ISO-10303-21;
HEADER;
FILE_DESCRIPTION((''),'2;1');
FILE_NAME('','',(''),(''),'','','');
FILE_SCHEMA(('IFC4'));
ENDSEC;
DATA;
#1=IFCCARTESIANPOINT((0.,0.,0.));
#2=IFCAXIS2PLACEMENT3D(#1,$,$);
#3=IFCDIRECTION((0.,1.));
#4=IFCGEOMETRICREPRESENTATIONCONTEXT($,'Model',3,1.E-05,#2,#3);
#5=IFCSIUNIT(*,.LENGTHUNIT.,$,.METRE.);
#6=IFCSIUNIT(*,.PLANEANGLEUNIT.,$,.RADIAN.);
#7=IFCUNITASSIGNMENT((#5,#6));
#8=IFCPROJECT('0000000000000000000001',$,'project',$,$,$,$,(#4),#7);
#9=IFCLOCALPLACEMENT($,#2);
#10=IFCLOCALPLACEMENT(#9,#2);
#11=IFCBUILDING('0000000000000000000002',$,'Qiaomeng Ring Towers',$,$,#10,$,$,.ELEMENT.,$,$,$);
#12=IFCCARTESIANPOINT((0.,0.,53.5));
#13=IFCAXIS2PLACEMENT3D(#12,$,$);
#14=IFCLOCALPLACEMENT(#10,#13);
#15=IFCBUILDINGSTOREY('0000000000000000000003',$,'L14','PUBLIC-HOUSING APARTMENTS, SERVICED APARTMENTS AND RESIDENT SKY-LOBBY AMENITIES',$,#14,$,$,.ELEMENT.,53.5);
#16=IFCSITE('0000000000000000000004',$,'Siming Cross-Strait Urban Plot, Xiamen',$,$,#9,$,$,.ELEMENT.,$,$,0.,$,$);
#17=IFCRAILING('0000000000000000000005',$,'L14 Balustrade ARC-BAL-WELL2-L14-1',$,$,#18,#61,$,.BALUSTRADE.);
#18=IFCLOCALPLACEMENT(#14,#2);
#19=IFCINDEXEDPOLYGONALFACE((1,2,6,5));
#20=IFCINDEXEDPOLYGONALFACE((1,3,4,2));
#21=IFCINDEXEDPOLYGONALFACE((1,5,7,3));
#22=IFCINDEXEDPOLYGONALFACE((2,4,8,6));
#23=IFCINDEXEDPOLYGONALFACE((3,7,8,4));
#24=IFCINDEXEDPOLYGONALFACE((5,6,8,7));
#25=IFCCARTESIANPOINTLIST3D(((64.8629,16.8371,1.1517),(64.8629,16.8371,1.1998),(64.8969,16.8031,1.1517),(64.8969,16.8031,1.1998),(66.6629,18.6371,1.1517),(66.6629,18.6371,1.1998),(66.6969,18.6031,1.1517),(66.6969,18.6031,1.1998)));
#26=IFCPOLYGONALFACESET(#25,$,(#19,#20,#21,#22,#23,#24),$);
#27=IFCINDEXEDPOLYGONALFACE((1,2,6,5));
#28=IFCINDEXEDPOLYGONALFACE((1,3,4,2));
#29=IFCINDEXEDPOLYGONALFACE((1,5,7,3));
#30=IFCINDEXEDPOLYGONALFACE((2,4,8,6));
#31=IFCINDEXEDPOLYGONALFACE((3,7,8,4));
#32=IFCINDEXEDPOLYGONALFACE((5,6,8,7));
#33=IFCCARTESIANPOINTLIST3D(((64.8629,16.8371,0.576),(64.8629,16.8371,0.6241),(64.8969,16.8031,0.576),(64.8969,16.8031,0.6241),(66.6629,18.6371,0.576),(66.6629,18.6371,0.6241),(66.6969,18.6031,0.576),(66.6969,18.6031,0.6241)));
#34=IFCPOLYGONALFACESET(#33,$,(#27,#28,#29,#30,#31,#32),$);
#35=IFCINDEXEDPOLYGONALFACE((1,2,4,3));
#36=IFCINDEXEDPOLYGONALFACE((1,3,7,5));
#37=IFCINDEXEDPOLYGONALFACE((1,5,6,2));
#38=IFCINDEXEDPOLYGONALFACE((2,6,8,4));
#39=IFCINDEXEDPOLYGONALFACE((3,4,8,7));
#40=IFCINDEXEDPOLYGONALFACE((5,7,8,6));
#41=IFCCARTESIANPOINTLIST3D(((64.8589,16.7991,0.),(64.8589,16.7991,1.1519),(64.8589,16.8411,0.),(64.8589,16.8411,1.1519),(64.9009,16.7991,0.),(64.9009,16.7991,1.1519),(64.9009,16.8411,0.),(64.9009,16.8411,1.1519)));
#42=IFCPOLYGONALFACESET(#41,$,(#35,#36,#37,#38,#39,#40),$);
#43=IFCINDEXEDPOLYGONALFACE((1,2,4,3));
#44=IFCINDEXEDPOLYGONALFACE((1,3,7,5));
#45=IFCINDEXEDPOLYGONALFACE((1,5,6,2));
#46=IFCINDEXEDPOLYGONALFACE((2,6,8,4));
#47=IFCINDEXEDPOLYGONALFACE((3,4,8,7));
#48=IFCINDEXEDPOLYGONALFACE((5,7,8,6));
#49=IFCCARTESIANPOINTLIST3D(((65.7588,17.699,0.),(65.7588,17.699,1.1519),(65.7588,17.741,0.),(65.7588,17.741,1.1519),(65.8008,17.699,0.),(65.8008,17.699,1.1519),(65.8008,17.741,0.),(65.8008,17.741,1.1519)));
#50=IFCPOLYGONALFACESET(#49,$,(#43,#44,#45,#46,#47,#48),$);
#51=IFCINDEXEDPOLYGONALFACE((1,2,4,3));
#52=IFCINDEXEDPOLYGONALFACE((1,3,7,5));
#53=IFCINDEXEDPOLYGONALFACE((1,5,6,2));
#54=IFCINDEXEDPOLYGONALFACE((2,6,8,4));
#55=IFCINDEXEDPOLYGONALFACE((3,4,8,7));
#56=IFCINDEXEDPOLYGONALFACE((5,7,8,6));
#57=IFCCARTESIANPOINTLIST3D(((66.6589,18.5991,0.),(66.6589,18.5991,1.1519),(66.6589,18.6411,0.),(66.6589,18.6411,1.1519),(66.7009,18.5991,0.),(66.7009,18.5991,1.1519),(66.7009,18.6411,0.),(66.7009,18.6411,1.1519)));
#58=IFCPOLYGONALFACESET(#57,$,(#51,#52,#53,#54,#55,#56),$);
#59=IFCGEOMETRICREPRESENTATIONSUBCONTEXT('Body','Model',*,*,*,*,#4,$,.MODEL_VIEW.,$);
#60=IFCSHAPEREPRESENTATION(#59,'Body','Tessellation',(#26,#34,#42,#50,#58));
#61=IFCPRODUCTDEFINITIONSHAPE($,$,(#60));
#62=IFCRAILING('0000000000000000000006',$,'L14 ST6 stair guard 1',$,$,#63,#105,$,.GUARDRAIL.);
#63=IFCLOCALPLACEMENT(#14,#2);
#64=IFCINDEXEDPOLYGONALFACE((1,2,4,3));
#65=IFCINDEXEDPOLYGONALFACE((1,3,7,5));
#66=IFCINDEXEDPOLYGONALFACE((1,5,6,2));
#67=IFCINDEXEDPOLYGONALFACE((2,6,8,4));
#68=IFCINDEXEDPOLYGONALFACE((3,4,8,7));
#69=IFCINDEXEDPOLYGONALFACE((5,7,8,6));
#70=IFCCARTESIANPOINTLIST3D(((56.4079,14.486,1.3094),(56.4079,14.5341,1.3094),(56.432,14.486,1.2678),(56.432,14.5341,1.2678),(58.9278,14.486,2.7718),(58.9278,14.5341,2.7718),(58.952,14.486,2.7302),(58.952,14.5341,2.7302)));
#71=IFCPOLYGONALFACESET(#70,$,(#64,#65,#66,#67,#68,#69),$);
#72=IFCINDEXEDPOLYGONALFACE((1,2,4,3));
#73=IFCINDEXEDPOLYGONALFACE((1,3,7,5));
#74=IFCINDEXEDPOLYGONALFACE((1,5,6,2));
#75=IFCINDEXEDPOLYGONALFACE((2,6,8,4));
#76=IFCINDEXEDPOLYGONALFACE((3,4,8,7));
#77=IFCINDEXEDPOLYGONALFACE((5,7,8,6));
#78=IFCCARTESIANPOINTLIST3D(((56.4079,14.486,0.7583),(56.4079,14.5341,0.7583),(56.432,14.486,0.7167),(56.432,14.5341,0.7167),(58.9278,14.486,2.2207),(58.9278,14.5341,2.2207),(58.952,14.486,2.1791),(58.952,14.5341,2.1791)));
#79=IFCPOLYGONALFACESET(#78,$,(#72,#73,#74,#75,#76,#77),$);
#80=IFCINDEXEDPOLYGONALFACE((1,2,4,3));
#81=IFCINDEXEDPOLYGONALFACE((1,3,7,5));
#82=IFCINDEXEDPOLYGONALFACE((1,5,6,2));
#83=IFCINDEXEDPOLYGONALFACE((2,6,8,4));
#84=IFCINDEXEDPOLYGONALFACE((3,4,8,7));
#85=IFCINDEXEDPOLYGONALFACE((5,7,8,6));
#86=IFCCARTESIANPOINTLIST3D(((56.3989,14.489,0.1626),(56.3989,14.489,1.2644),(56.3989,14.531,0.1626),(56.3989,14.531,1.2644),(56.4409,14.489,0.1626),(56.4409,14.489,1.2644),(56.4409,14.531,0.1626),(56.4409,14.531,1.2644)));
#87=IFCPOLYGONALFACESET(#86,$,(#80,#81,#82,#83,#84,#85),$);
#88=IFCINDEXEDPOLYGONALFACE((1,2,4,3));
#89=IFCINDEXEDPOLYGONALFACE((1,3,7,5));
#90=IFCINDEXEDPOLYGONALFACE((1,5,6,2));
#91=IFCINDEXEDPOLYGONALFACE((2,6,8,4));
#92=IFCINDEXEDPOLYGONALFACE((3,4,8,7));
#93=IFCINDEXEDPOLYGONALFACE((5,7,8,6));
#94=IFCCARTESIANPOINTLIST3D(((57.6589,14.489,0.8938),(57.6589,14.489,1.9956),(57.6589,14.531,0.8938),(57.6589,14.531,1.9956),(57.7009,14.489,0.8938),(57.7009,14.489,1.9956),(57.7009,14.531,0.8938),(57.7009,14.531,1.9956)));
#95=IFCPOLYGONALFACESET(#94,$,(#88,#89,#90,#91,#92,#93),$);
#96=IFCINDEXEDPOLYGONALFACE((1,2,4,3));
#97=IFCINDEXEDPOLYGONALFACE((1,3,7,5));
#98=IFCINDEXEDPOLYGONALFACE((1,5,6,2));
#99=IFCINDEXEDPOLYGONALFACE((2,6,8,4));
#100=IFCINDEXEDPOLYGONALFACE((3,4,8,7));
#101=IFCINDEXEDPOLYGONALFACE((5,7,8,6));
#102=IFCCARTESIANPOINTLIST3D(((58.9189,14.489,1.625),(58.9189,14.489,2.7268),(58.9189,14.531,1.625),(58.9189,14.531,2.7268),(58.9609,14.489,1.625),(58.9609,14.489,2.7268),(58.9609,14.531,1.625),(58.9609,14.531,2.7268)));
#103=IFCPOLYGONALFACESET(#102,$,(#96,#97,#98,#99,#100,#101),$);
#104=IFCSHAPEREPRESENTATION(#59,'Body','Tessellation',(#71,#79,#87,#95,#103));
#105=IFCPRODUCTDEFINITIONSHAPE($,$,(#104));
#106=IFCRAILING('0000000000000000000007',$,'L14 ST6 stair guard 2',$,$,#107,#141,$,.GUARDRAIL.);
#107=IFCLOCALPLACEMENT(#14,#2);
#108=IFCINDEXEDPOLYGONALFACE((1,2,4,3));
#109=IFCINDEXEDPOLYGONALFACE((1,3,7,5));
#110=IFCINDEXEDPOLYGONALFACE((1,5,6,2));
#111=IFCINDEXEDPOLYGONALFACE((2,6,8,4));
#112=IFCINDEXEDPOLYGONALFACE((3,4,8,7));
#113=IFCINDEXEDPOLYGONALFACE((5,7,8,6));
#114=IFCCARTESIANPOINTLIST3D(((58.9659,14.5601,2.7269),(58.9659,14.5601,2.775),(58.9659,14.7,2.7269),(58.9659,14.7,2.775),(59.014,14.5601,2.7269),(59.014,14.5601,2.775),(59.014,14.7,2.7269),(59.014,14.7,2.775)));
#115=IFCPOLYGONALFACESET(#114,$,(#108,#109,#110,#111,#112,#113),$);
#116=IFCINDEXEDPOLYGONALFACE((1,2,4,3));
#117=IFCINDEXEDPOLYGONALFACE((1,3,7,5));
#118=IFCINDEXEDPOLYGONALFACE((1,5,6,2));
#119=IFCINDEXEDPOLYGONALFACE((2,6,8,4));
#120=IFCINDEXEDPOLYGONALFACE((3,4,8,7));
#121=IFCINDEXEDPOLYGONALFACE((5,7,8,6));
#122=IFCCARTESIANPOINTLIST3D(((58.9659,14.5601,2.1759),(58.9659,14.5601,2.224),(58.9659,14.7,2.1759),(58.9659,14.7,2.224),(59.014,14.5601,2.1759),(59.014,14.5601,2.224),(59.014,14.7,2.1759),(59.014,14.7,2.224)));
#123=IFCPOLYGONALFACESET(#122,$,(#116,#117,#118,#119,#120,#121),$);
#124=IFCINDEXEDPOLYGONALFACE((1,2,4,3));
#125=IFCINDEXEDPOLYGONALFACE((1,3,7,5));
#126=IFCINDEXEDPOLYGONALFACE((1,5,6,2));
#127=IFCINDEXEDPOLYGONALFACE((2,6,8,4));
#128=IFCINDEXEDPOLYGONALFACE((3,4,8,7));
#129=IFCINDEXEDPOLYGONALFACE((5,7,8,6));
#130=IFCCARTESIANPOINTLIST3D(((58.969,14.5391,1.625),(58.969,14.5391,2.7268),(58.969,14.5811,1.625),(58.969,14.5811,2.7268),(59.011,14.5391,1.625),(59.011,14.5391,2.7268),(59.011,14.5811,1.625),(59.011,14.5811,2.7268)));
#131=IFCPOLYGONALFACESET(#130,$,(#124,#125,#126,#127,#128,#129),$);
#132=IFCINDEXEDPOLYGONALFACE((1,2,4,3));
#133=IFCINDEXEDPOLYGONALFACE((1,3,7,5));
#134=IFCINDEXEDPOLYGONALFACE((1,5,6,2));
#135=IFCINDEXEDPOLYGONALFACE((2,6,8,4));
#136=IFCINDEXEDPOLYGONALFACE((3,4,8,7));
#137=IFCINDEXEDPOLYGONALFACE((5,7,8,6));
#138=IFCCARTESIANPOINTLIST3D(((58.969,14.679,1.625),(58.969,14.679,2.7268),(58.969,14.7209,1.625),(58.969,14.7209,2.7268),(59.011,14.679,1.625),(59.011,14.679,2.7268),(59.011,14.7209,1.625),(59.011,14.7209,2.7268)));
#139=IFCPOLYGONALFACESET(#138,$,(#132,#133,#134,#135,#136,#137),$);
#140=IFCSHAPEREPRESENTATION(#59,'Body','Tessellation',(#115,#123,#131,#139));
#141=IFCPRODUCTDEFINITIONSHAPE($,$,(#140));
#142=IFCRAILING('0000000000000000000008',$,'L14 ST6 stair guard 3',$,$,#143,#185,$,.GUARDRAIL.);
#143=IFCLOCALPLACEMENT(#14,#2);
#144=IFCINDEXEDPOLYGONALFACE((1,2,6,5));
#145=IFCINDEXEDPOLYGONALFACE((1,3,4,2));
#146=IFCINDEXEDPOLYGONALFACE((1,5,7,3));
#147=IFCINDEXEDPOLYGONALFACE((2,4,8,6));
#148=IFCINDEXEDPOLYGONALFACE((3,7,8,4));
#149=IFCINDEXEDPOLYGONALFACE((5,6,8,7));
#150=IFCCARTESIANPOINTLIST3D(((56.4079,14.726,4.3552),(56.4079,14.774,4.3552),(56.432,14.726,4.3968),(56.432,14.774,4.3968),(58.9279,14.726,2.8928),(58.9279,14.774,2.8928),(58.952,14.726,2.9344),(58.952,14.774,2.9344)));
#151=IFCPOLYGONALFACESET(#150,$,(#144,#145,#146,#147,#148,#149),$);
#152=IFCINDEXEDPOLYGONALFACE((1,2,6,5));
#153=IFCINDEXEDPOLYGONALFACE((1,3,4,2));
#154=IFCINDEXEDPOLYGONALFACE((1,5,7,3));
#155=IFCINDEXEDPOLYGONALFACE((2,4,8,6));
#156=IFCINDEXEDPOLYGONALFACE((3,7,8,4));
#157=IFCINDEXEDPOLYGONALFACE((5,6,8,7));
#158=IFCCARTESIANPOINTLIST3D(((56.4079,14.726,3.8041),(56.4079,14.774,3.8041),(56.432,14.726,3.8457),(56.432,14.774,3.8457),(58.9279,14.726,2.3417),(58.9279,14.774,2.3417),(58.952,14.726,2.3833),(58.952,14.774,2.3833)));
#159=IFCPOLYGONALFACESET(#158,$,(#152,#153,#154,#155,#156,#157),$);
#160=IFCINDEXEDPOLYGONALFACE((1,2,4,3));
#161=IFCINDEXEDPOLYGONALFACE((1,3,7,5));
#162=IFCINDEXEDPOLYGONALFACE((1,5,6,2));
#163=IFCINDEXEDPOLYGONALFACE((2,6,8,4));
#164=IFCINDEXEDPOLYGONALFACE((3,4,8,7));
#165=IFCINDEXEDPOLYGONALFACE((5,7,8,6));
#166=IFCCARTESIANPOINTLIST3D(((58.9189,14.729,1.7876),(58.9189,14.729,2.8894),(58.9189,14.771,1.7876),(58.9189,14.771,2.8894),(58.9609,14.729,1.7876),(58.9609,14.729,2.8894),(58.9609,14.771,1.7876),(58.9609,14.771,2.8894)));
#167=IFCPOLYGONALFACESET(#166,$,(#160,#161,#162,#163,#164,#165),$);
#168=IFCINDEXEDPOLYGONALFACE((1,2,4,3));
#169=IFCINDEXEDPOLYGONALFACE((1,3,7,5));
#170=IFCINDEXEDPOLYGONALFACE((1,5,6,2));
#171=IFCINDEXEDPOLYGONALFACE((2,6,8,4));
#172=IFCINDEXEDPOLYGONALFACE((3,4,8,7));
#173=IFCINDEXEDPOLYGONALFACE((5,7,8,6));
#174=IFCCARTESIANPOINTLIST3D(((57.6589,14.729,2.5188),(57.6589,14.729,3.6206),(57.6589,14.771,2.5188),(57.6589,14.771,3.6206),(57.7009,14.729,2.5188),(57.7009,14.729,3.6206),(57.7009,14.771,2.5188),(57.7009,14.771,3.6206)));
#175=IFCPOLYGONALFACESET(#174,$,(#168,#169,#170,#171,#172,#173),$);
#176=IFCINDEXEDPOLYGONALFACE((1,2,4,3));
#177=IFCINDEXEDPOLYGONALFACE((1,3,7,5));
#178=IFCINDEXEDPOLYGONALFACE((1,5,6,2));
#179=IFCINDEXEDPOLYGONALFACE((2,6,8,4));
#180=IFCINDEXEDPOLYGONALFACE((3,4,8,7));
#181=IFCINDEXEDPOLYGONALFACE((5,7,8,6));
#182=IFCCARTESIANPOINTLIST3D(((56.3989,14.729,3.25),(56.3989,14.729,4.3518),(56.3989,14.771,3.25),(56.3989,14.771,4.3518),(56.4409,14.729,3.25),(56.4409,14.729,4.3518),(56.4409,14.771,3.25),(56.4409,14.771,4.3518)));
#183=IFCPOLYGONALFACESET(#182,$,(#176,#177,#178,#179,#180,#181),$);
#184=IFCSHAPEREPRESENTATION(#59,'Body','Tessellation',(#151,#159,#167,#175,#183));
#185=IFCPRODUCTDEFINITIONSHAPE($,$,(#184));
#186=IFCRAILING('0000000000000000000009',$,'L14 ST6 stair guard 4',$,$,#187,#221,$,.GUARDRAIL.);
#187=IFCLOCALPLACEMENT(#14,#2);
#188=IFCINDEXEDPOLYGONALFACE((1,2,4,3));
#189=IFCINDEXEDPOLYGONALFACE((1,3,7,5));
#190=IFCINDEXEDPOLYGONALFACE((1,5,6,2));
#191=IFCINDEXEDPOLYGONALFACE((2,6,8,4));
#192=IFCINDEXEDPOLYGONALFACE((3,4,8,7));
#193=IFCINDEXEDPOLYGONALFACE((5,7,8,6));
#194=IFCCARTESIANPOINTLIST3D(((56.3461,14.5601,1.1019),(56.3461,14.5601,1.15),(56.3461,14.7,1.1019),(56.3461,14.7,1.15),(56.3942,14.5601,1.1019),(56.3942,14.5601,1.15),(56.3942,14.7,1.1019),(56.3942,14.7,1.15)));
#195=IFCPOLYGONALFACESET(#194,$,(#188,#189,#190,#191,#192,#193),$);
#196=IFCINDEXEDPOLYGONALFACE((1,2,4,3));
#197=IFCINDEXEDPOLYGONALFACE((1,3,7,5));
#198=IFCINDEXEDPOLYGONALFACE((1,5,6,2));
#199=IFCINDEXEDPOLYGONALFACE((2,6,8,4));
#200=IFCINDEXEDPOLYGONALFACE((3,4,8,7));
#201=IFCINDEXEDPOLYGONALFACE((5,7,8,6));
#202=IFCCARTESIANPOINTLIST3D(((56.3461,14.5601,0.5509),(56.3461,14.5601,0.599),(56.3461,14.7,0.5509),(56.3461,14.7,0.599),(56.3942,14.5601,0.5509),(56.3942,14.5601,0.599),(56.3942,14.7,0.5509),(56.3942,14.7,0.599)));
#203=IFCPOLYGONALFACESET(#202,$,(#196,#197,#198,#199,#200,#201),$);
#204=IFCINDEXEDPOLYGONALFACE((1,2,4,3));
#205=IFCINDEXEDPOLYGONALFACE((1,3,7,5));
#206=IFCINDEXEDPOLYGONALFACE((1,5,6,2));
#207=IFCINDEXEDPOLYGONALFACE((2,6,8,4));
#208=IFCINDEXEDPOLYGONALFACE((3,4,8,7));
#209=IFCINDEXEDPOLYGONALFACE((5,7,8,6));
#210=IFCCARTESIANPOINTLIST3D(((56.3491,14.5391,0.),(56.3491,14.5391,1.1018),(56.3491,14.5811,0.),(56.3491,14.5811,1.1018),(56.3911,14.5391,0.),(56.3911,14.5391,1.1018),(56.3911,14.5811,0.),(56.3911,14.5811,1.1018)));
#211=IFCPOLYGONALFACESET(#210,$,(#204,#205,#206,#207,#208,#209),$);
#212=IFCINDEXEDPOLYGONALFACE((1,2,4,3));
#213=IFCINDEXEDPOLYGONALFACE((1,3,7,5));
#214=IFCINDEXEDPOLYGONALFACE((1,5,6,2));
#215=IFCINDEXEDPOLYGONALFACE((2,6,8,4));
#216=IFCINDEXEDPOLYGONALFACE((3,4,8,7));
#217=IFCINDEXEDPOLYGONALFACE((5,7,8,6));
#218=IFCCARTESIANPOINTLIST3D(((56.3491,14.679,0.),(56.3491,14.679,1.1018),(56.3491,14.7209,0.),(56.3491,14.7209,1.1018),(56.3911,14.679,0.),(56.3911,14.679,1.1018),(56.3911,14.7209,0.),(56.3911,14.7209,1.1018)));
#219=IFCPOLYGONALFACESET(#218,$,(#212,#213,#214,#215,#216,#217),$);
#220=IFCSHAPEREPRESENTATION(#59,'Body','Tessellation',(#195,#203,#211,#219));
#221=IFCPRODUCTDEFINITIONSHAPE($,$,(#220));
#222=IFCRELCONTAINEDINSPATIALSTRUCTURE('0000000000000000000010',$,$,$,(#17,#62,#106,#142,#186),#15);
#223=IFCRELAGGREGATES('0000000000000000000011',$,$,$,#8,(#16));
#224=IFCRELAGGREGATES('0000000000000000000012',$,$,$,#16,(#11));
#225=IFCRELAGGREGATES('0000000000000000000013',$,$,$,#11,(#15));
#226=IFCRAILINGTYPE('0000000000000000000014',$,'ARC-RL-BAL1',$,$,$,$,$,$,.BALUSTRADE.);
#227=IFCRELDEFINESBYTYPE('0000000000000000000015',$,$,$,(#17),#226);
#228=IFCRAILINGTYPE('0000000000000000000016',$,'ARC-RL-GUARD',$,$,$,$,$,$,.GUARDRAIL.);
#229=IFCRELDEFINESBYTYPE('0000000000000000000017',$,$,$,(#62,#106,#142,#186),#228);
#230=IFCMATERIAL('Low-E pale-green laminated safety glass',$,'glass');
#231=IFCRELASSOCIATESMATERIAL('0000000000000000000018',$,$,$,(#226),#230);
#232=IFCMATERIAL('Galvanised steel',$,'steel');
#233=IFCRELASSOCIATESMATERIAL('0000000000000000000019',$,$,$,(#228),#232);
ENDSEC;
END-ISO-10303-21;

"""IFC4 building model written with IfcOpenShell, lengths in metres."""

from ifc_helpers import new_model, si_unit, direction, frame, origin, origin_2d, place, context, subcontext, project, spatial, rectangle, extrude, material, type_object, element, save


model = new_model("IFC4")

# Units and contexts
model_context = context("Model", 3, precision=1e-05, world=origin(), true_north=direction((0.0, 1.0)))
body_context = subcontext(model_context, "Body", "Model", "MODEL_VIEW")
ifc_project = project(units=[si_unit("LENGTHUNIT", "METRE"), si_unit("PLANEANGLEUNIT", "RADIAN")], contexts=[model_context])

# Site, building, storey
site_placement = place(None, origin())
site = spatial("IfcSite", under=ifc_project, at=site_placement, Name="Siming Cross-Strait Urban Plot, Xiamen", CompositionType="ELEMENT", RefElevation=0.0)
building_placement = place(site_placement, origin())
building = spatial("IfcBuilding", under=site, at=building_placement, Name="Qiaomeng Ring Towers", CompositionType="ELEMENT")
storey_placement = place(building_placement, frame((0.0, 0.0, 53.5)))
storey = spatial("IfcBuildingStorey", under=building, at=storey_placement, Name="L14", Description="PUBLIC-HOUSING APARTMENTS, SERVICED APARTMENTS AND RESIDENT SKY-LOBBY AMENITIES", CompositionType="ELEMENT", Elevation=53.5)

# Railings
ifc_material_1 = material(Name="Low-E pale-green laminated safety glass", Category="glass")
railing_type_1 = type_object("IfcRailingType", Name="ARC-RL-BAL1", PredefinedType="BALUSTRADE", material=ifc_material_1)
railing_1_placement = place(storey_placement, frame((64.8799, 16.8201, 0.0)))
element("IfcRailing", 1, at=railing_1_placement, inside=storey, type_object=railing_type_1, Name="L14 Balustrade ARC-BAL-WELL2-L14-1", PredefinedType="BALUSTRADE", context=body_context, shape_type="SweptSolid", body=[
    extrude(rectangle(XDim=0.0481, YDim=0.0481, at=origin_2d()), frame((0.0, 0.0, 1.1758), z_axis=(0.707107, 0.707107, 0.0), x_axis=(-0.707107, 0.707107, 0.0)), (0.0, 0.0, 1.0), 2.5457),
    extrude(rectangle(XDim=0.0481, YDim=0.0481, at=origin_2d()), frame((0.0, 0.0, 0.6001), z_axis=(0.707107, 0.707107, 0.0), x_axis=(-0.707107, 0.707107, 0.0)), (0.0, 0.0, 1.0), 2.5457),
    extrude(rectangle(XDim=0.042, YDim=0.042, at=origin_2d()), origin(), (0.0, 0.0, 1.0), 1.1519),
    extrude(rectangle(XDim=0.042, YDim=0.042, at=origin_2d()), frame((0.8999, 0.8999, 0.0)), (0.0, 0.0, 1.0), 1.1519),
    extrude(rectangle(XDim=0.042, YDim=0.042, at=origin_2d()), frame((1.8, 1.8, 0.0)), (0.0, 0.0, 1.0), 1.1519),
])
ifc_material_2 = material(Name="Galvanised steel", Category="steel")
railing_type_2 = type_object("IfcRailingType", Name="ARC-RL-GUARD", PredefinedType="GUARDRAIL", material=ifc_material_2)
railing_2_placement = place(storey_placement, frame((56.4199, 14.51, 0.1626)))
element("IfcRailing", 2, at=railing_2_placement, inside=storey, type_object=railing_type_2, Name="L14 ST6 stair guard 1", PredefinedType="GUARDRAIL", context=body_context, shape_type="SweptSolid", body=[
    extrude(rectangle(XDim=0.0481, YDim=0.0481, at=origin_2d()), frame((0.0, 0.0, 1.126), z_axis=(0.864913, 0.0, 0.501921), x_axis=(0.0, 1.0, 0.0)), (0.0, 0.0, 1.0), 2.9136),
    extrude(rectangle(XDim=0.0481, YDim=0.0481, at=origin_2d()), frame((0.0, 0.0, 0.575), z_axis=(0.864913, 0.0, 0.501921), x_axis=(0.0, 1.0, 0.0)), (0.0, 0.0, 1.0), 2.9136),
    extrude(rectangle(XDim=0.042, YDim=0.042, at=origin_2d()), origin(), (0.0, 0.0, 1.0), 1.1018),
    extrude(rectangle(XDim=0.042, YDim=0.042, at=origin_2d()), frame((1.26, 0.0, 0.7312)), (0.0, 0.0, 1.0), 1.1018),
    extrude(rectangle(XDim=0.042, YDim=0.042, at=origin_2d()), frame((2.52, 0.0, 1.4624)), (0.0, 0.0, 1.0), 1.1018),
])
railing_3_placement = place(storey_placement, frame((58.99, 14.5601, 1.625)))
element("IfcRailing", 3, at=railing_3_placement, inside=storey, type_object=railing_type_2, Name="L14 ST6 stair guard 2", PredefinedType="GUARDRAIL", context=body_context, shape_type="SweptSolid", body=[
    extrude(rectangle(XDim=0.0481, YDim=0.0481, at=origin_2d()), frame((0.0, 0.0, 1.126), z_axis=(0.0, 1.0, 0.0), x_axis=(-1.0, 0.0, 0.0)), (0.0, 0.0, 1.0), 0.1399),
    extrude(rectangle(XDim=0.0481, YDim=0.0481, at=origin_2d()), frame((0.0, 0.0, 0.575), z_axis=(0.0, 1.0, 0.0), x_axis=(-1.0, 0.0, 0.0)), (0.0, 0.0, 1.0), 0.1399),
    extrude(rectangle(XDim=0.042, YDim=0.042, at=origin_2d()), origin(), (0.0, 0.0, 1.0), 1.1018),
    extrude(rectangle(XDim=0.042, YDim=0.042, at=origin_2d()), frame((0.0, 0.1399, 0.0)), (0.0, 0.0, 1.0), 1.1018),
])
railing_4_placement = place(storey_placement, frame((58.9399, 14.75, 1.7876)))
element("IfcRailing", 4, at=railing_4_placement, inside=storey, type_object=railing_type_2, Name="L14 ST6 stair guard 3", PredefinedType="GUARDRAIL", context=body_context, shape_type="SweptSolid", body=[
    extrude(rectangle(XDim=0.0481, YDim=0.0481, at=origin_2d()), frame((0.0, 0.0, 1.126), z_axis=(-0.864913, 0.0, 0.501921), x_axis=(0.0, -1.0, 0.0)), (0.0, 0.0, 1.0), 2.9136),
    extrude(rectangle(XDim=0.0481, YDim=0.0481, at=origin_2d()), frame((0.0, 0.0, 0.575), z_axis=(-0.864913, 0.0, 0.501921), x_axis=(0.0, -1.0, 0.0)), (0.0, 0.0, 1.0), 2.9136),
    extrude(rectangle(XDim=0.042, YDim=0.042, at=origin_2d()), origin(), (0.0, 0.0, 1.0), 1.1018),
    extrude(rectangle(XDim=0.042, YDim=0.042, at=origin_2d()), frame((-1.26, 0.0, 0.7312)), (0.0, 0.0, 1.0), 1.1018),
    extrude(rectangle(XDim=0.042, YDim=0.042, at=origin_2d()), frame((-2.52, 0.0, 1.4624)), (0.0, 0.0, 1.0), 1.1018),
])
railing_5_placement = place(storey_placement, frame((56.3701, 14.5601, 0.0)))
element("IfcRailing", 5, at=railing_5_placement, inside=storey, type_object=railing_type_2, Name="L14 ST6 stair guard 4", PredefinedType="GUARDRAIL", context=body_context, shape_type="SweptSolid", body=[
    extrude(rectangle(XDim=0.0481, YDim=0.0481, at=origin_2d()), frame((0.0, 0.0, 1.126), z_axis=(0.0, 1.0, 0.0), x_axis=(-1.0, 0.0, 0.0)), (0.0, 0.0, 1.0), 0.1399),
    extrude(rectangle(XDim=0.0481, YDim=0.0481, at=origin_2d()), frame((0.0, 0.0, 0.575), z_axis=(0.0, 1.0, 0.0), x_axis=(-1.0, 0.0, 0.0)), (0.0, 0.0, 1.0), 0.1399),
    extrude(rectangle(XDim=0.042, YDim=0.042, at=origin_2d()), origin(), (0.0, 0.0, 1.0), 1.1018),
    extrude(rectangle(XDim=0.042, YDim=0.042, at=origin_2d()), frame((0.0, 0.1399, 0.0)), (0.0, 0.0, 1.0), 1.1018),
])

save(model, "model.ifc")
